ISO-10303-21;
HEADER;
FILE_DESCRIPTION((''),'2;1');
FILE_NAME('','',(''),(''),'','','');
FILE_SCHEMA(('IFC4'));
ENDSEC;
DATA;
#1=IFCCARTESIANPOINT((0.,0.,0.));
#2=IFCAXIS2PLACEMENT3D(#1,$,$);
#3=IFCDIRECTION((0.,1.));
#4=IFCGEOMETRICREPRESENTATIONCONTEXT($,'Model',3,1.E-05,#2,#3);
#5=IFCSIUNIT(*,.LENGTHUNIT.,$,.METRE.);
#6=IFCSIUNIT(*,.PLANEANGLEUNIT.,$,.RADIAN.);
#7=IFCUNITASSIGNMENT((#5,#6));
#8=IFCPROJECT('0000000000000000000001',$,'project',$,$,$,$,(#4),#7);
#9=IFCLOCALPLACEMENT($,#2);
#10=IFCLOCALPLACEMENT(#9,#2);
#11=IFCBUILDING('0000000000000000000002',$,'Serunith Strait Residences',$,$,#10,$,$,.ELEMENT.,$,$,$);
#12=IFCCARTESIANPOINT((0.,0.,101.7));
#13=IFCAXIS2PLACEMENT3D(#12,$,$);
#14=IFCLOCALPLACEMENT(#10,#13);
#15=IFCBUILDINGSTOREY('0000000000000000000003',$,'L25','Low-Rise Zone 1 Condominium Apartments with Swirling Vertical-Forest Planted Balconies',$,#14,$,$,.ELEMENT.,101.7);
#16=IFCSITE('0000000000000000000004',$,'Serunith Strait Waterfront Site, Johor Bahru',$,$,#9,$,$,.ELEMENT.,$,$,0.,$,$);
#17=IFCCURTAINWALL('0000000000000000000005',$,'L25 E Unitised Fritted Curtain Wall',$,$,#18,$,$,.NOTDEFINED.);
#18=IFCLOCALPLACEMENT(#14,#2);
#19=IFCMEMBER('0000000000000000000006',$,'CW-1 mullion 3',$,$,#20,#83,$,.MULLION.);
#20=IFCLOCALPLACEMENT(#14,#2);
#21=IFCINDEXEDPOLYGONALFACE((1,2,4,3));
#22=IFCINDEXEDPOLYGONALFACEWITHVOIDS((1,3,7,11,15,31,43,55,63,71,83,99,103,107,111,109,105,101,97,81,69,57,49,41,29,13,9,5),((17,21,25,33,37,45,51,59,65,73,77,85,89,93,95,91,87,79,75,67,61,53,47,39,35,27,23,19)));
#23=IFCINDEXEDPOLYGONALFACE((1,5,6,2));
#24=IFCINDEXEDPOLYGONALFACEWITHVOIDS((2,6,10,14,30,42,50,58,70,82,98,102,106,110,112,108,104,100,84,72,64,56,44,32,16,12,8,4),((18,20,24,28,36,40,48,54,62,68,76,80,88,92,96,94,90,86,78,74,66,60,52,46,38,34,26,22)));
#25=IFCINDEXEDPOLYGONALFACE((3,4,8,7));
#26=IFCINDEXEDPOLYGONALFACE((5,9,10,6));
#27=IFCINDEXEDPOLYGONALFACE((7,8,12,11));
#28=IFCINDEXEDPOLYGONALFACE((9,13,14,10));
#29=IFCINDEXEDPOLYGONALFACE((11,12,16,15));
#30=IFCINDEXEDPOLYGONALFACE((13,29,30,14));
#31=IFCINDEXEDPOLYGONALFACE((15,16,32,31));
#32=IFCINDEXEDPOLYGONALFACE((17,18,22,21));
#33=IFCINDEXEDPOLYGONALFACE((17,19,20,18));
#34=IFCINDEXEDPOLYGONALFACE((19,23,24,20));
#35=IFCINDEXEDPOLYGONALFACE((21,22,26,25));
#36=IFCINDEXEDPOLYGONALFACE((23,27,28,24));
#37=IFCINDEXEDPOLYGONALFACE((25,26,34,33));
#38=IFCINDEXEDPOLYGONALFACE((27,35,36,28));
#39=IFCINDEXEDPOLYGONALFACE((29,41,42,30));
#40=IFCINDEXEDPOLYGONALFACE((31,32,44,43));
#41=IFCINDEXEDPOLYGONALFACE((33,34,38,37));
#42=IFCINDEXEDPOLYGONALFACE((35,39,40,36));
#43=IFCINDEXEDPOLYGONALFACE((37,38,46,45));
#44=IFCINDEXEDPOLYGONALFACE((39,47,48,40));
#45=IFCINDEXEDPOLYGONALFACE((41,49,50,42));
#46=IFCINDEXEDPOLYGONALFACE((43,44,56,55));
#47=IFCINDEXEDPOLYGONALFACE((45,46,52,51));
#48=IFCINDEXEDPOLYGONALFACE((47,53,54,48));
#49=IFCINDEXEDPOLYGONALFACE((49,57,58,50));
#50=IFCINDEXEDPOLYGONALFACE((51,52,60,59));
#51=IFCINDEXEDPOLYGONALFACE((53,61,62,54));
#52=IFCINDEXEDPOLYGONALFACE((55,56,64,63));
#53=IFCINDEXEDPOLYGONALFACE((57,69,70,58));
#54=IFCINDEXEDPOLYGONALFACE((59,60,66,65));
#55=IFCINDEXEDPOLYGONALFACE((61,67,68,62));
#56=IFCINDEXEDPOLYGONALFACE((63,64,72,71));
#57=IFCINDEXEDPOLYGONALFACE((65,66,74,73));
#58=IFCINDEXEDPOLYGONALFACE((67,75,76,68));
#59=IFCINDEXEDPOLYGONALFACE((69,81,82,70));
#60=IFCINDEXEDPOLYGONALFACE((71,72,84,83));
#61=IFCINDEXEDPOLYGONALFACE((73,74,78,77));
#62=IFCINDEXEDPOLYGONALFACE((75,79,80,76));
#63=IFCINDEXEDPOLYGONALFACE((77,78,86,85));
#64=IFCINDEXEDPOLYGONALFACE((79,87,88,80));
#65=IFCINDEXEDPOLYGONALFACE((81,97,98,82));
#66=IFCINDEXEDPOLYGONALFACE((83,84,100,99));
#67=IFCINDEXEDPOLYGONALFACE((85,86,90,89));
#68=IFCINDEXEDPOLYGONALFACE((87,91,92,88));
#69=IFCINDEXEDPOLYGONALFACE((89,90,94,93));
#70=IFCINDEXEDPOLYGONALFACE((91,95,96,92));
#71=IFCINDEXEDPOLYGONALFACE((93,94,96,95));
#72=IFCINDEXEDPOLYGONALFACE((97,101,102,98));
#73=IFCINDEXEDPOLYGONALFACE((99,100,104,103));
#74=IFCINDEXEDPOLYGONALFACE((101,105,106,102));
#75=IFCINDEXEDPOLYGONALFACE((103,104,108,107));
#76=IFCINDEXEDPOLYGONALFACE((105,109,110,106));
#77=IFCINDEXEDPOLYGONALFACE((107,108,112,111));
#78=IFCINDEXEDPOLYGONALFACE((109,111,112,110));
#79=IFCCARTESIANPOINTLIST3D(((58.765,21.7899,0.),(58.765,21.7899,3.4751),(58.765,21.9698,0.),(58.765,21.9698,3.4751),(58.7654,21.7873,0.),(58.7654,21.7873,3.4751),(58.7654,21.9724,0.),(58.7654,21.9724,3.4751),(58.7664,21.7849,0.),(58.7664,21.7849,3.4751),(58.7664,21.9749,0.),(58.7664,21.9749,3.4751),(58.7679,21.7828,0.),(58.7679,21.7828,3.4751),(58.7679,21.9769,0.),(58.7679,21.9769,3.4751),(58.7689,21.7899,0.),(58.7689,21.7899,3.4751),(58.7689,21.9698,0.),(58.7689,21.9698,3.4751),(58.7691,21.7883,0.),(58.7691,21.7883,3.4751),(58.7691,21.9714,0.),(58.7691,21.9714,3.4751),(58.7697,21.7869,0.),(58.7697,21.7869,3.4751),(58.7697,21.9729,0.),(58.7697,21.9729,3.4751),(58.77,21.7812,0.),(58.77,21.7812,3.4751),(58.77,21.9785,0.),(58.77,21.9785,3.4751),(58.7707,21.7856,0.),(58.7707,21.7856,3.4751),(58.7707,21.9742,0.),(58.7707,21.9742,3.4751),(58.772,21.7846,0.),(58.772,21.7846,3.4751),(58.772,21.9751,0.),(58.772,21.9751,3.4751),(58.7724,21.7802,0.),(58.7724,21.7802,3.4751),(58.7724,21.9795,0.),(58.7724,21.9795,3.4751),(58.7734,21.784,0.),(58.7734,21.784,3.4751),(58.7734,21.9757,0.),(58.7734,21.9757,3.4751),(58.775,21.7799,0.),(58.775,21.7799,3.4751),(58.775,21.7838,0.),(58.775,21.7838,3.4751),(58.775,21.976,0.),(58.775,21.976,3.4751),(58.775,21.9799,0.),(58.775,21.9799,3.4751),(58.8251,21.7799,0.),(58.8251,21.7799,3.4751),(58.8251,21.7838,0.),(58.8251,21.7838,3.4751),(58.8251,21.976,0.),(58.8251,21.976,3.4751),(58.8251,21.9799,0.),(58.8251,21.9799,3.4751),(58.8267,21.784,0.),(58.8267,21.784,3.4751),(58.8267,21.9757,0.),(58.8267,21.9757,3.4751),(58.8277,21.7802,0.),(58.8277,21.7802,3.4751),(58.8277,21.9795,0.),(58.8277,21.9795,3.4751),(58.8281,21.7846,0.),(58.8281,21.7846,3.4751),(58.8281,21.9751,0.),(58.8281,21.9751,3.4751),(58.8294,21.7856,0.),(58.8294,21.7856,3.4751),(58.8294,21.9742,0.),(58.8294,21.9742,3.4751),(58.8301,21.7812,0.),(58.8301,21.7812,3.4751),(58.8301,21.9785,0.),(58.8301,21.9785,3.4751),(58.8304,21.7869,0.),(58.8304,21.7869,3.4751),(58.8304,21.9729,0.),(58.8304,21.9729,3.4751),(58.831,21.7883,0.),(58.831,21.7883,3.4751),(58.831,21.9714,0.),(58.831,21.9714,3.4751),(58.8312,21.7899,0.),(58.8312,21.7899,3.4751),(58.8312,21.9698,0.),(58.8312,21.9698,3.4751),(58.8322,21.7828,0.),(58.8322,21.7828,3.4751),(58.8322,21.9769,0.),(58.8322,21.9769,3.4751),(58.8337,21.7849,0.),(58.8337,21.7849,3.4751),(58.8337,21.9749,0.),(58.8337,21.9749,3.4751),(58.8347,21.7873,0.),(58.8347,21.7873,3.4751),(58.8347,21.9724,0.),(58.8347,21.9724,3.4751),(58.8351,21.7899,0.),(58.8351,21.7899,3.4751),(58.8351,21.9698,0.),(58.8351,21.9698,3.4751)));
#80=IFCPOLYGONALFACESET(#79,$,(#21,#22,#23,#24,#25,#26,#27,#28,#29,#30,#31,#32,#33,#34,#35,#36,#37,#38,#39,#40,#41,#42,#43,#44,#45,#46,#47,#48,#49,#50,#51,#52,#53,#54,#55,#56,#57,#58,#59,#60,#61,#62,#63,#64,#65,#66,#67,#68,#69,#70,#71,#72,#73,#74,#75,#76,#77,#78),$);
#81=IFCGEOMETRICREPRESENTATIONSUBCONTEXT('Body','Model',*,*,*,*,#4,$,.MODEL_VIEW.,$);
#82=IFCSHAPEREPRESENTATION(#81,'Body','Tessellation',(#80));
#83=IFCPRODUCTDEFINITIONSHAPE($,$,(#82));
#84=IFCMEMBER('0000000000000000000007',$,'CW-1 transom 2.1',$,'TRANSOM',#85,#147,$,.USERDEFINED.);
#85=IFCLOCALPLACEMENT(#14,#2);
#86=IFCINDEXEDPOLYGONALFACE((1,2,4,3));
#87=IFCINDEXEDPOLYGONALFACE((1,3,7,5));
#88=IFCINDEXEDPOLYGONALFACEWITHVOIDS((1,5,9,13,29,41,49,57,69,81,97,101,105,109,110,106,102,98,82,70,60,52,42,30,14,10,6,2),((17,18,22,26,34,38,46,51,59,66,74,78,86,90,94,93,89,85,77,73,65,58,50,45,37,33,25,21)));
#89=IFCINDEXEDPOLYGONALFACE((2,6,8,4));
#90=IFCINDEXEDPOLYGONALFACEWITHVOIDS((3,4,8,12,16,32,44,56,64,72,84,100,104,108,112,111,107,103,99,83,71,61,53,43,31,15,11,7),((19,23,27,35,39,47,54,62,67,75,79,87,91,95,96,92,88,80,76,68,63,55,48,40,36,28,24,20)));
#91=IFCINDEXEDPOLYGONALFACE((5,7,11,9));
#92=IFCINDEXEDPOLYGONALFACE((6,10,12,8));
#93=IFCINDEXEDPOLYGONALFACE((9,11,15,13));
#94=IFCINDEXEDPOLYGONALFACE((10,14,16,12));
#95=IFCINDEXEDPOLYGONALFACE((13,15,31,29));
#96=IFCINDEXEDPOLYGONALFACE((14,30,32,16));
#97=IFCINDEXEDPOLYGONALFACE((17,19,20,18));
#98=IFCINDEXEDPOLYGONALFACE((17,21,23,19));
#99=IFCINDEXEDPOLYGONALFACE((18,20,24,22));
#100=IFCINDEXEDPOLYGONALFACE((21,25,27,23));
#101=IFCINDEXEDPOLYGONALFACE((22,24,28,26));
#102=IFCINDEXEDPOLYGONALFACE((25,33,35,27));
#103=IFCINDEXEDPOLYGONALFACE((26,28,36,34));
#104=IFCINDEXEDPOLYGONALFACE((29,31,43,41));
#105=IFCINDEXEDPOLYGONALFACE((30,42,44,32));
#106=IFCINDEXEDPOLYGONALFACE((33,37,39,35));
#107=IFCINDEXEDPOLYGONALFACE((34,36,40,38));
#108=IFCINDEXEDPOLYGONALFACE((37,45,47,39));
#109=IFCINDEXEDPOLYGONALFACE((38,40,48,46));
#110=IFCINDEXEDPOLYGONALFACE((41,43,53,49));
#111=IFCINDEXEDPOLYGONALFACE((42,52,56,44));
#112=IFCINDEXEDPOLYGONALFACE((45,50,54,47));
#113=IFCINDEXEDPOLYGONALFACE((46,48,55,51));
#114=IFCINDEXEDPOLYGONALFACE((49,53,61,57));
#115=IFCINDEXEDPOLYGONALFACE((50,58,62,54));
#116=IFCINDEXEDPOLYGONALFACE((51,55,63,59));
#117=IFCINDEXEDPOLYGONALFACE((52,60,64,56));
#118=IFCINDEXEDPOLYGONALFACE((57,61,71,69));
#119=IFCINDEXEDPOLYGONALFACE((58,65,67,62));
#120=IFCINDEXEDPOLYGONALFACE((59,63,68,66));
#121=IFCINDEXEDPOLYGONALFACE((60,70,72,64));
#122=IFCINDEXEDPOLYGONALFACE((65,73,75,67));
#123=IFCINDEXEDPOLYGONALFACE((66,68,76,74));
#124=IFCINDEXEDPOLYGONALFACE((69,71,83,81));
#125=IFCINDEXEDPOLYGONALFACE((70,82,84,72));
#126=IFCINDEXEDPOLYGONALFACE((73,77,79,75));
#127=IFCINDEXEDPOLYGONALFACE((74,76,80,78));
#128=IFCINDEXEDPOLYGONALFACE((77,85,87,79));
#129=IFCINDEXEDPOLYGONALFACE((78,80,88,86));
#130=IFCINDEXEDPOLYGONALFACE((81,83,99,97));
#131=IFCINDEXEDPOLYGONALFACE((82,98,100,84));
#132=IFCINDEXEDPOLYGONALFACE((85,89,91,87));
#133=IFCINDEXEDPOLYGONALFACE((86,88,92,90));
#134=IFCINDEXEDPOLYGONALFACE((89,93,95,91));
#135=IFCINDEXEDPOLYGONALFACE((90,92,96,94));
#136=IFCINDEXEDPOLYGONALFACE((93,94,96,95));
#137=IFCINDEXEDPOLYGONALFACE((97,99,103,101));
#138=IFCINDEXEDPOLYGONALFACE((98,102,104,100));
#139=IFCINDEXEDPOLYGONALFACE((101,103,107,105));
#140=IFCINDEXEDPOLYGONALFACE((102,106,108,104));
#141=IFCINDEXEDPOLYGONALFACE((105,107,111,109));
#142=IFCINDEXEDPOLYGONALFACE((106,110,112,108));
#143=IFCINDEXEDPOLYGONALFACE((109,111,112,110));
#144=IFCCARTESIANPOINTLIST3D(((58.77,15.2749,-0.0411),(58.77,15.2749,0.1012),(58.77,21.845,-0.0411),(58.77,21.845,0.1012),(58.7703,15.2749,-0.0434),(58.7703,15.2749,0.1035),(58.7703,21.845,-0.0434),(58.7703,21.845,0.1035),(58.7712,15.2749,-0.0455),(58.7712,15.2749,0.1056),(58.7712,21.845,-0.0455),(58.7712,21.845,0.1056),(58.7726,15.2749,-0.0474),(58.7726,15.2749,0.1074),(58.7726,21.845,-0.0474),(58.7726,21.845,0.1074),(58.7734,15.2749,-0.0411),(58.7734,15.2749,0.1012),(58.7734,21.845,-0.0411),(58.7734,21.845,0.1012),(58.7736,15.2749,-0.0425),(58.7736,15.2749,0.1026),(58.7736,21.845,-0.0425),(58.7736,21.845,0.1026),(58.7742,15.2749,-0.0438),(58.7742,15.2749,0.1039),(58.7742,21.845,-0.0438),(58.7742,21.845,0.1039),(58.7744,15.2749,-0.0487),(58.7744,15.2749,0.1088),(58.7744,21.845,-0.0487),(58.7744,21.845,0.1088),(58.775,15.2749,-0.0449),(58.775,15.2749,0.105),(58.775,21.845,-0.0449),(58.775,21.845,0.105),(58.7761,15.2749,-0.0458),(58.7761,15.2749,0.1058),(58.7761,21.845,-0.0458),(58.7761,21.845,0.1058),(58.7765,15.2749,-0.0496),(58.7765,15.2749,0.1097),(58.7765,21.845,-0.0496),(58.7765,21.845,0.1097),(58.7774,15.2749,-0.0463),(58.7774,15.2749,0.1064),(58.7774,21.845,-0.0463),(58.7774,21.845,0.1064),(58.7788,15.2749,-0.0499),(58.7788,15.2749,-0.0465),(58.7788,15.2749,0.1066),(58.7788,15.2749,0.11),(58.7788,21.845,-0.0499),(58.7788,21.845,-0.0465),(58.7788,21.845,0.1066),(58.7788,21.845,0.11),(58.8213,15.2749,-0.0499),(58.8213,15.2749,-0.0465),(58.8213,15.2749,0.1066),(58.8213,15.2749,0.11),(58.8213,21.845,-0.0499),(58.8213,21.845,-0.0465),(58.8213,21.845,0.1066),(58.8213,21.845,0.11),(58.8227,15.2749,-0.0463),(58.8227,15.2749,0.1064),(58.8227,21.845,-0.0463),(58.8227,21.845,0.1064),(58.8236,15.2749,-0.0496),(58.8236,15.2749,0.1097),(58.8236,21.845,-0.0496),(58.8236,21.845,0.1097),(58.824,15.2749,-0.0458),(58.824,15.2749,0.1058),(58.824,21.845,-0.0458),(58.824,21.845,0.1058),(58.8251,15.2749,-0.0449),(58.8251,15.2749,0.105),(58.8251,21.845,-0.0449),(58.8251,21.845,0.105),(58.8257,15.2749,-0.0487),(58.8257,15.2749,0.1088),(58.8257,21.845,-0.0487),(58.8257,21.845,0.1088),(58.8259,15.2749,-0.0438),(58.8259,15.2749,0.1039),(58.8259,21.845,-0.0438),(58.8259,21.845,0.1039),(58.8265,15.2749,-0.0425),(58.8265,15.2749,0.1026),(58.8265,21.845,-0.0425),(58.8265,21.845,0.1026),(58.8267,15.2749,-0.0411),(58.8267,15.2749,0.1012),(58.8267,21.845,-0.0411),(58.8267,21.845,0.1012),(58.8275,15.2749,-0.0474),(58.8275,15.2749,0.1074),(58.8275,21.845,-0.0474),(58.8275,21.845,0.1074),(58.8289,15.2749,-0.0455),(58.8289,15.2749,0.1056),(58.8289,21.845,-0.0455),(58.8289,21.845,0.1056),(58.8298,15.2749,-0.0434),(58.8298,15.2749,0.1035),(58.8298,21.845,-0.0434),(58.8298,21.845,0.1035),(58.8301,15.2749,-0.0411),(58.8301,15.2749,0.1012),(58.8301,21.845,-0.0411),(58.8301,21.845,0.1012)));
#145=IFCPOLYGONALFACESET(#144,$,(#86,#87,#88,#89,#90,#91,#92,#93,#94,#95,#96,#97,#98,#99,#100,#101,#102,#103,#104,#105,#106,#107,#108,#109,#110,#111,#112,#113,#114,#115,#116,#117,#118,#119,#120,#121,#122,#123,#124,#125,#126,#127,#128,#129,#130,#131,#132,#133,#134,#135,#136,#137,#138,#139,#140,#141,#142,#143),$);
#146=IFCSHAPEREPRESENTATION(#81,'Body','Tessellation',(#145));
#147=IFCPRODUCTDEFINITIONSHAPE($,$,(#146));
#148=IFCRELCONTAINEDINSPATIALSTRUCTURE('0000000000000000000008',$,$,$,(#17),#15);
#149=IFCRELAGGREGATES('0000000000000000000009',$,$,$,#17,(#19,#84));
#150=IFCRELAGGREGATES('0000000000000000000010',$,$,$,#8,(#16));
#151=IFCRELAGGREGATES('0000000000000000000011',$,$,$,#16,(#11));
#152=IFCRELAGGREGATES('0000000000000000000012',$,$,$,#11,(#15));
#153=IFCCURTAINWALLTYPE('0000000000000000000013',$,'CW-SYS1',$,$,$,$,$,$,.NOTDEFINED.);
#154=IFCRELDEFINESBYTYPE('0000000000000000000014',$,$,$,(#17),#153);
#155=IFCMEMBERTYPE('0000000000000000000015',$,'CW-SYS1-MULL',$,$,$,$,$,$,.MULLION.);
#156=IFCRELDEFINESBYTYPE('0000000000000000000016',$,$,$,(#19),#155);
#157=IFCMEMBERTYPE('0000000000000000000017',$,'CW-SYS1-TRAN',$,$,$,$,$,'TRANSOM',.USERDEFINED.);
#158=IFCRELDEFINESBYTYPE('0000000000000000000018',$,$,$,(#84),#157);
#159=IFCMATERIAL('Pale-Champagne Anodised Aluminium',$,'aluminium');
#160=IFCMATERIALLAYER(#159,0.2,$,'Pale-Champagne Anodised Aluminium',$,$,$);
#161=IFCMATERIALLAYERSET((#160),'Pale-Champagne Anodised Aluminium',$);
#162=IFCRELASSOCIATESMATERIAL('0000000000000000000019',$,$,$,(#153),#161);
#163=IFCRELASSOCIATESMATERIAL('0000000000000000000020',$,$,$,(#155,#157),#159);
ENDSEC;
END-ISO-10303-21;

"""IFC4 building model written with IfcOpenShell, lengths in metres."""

from ifc_helpers import new_model, si_unit, direction, frame, origin, origin_2d, place, context, subcontext, project, spatial, hollow_rectangle, extrude, source, transform, mapped, material, layer, layer_set, material_profile, profile_set, type_object, element, aggregate, save


model = new_model("IFC4")

# Units and contexts
model_context = context("Model", 3, precision=1e-05, world=origin(), true_north=direction((0.0, 1.0)))
body_context = subcontext(model_context, "Body", "Model", "MODEL_VIEW")
ifc_project = project(units=[si_unit("LENGTHUNIT", "METRE"), si_unit("PLANEANGLEUNIT", "RADIAN")], contexts=[model_context])

# Site, building, storey
site_placement = place(None, origin())
site = spatial("IfcSite", under=ifc_project, at=site_placement, Name="Serunith Strait Waterfront Site, Johor Bahru", CompositionType="ELEMENT", RefElevation=0.0)
building_placement = place(site_placement, origin())
building = spatial("IfcBuilding", under=site, at=building_placement, Name="Serunith Strait Residences", CompositionType="ELEMENT")
storey_placement = place(building_placement, frame((0.0, 0.0, 101.7)))
storey = spatial("IfcBuildingStorey", under=building, at=storey_placement, Name="L25", Description="Low-Rise Zone 1 Condominium Apartments with Swirling Vertical-Forest Planted Balconies", CompositionType="ELEMENT", Elevation=101.7)

# Curtain wall, members
ifc_material_1 = material(Name="Pale-Champagne Anodised Aluminium", Category="aluminium")
ifc_layer_1 = layer(ifc_material_1, 0.2, Name="Pale-Champagne Anodised Aluminium")
ifc_layer_set_1 = layer_set([ifc_layer_1], Name="Pale-Champagne Anodised Aluminium")
curtain_wall_type = type_object("IfcCurtainWallType", Name="CW-SYS1", PredefinedType="NOTDEFINED", material=ifc_layer_set_1)
curtain_wall_placement = place(storey_placement, origin())
curtain_wall = element("IfcCurtainWall", 1, at=curtain_wall_placement, inside=storey, type_object=curtain_wall_type, Name="L25 E Unitised Fritted Curtain Wall", PredefinedType="NOTDEFINED")
ifc_material_profile_1 = material_profile(ifc_material_1, hollow_rectangle(XDim=0.0701, YDim=0.2, WallThickness=0.0039, InnerFilletRadius=0.0061, OuterFilletRadius=0.01, at=origin_2d()), Name="ALU 200x70x4")
ifc_profile_set_1 = profile_set([ifc_material_profile_1], Name="Pale-Champagne Anodised Aluminium")
member_type_1 = type_object("IfcMemberType", Name="CW-SYS1-MULL", PredefinedType="MULLION", material=ifc_profile_set_1)
shared_shape_1 = source(origin(), body_context, "Body", "SweptSolid", [
    extrude(hollow_rectangle(XDim=0.0701, YDim=0.2, WallThickness=0.0039, InnerFilletRadius=0.0061, OuterFilletRadius=0.01, at=origin_2d()), origin(), (0.0, 0.0, 1.0), 3.4751),
])
member_1_placement = place(storey_placement, frame((58.8, 21.8799, 0.0), z_axis=(0.0, 0.0, 1.0), x_axis=(-1.0, 0.0, 0.0)))
member_1 = element("IfcMember", 2, at=member_1_placement, type_object=member_type_1, Name="CW-1 mullion 3", PredefinedType="MULLION", context=body_context, shape_type="MappedRepresentation", body=[
    mapped(shared_shape_1, transform((0.0, 0.0, 0.0), scale=1.0)),
])
ifc_material_profile_2 = material_profile(ifc_material_1, hollow_rectangle(XDim=0.0601, YDim=0.1599, WallThickness=0.0034, InnerFilletRadius=0.0054, OuterFilletRadius=0.0088, at=origin_2d()), Name="ALU 160x60x3.5")
ifc_profile_set_2 = profile_set([ifc_material_profile_2], Name="Pale-Champagne Anodised Aluminium")
member_type_2 = type_object("IfcMemberType", Name="CW-SYS1-TRAN", ElementType="TRANSOM", PredefinedType="USERDEFINED", material=ifc_profile_set_2)
shared_shape_2 = source(origin(), body_context, "Body", "SweptSolid", [
    extrude(hollow_rectangle(XDim=0.0601, YDim=0.1599, WallThickness=0.0034, InnerFilletRadius=0.0054, OuterFilletRadius=0.0088, at=origin_2d()), origin(), (0.0, 0.0, 1.0), 6.5701),
])
member_2_placement = place(storey_placement, frame((58.8, 15.2749, 0.03), z_axis=(0.0, 1.0, 0.0), x_axis=(-1.0, 0.0, 0.0)))
member_2 = element("IfcMember", 3, at=member_2_placement, type_object=member_type_2, Name="CW-1 transom 2.1", ObjectType="TRANSOM", PredefinedType="USERDEFINED", context=body_context, shape_type="MappedRepresentation", body=[
    mapped(shared_shape_2, transform((0.0, 0.0, 0.0), scale=1.0)),
])
aggregate(curtain_wall, [member_1, member_2])

save(model, "model.ifc")
